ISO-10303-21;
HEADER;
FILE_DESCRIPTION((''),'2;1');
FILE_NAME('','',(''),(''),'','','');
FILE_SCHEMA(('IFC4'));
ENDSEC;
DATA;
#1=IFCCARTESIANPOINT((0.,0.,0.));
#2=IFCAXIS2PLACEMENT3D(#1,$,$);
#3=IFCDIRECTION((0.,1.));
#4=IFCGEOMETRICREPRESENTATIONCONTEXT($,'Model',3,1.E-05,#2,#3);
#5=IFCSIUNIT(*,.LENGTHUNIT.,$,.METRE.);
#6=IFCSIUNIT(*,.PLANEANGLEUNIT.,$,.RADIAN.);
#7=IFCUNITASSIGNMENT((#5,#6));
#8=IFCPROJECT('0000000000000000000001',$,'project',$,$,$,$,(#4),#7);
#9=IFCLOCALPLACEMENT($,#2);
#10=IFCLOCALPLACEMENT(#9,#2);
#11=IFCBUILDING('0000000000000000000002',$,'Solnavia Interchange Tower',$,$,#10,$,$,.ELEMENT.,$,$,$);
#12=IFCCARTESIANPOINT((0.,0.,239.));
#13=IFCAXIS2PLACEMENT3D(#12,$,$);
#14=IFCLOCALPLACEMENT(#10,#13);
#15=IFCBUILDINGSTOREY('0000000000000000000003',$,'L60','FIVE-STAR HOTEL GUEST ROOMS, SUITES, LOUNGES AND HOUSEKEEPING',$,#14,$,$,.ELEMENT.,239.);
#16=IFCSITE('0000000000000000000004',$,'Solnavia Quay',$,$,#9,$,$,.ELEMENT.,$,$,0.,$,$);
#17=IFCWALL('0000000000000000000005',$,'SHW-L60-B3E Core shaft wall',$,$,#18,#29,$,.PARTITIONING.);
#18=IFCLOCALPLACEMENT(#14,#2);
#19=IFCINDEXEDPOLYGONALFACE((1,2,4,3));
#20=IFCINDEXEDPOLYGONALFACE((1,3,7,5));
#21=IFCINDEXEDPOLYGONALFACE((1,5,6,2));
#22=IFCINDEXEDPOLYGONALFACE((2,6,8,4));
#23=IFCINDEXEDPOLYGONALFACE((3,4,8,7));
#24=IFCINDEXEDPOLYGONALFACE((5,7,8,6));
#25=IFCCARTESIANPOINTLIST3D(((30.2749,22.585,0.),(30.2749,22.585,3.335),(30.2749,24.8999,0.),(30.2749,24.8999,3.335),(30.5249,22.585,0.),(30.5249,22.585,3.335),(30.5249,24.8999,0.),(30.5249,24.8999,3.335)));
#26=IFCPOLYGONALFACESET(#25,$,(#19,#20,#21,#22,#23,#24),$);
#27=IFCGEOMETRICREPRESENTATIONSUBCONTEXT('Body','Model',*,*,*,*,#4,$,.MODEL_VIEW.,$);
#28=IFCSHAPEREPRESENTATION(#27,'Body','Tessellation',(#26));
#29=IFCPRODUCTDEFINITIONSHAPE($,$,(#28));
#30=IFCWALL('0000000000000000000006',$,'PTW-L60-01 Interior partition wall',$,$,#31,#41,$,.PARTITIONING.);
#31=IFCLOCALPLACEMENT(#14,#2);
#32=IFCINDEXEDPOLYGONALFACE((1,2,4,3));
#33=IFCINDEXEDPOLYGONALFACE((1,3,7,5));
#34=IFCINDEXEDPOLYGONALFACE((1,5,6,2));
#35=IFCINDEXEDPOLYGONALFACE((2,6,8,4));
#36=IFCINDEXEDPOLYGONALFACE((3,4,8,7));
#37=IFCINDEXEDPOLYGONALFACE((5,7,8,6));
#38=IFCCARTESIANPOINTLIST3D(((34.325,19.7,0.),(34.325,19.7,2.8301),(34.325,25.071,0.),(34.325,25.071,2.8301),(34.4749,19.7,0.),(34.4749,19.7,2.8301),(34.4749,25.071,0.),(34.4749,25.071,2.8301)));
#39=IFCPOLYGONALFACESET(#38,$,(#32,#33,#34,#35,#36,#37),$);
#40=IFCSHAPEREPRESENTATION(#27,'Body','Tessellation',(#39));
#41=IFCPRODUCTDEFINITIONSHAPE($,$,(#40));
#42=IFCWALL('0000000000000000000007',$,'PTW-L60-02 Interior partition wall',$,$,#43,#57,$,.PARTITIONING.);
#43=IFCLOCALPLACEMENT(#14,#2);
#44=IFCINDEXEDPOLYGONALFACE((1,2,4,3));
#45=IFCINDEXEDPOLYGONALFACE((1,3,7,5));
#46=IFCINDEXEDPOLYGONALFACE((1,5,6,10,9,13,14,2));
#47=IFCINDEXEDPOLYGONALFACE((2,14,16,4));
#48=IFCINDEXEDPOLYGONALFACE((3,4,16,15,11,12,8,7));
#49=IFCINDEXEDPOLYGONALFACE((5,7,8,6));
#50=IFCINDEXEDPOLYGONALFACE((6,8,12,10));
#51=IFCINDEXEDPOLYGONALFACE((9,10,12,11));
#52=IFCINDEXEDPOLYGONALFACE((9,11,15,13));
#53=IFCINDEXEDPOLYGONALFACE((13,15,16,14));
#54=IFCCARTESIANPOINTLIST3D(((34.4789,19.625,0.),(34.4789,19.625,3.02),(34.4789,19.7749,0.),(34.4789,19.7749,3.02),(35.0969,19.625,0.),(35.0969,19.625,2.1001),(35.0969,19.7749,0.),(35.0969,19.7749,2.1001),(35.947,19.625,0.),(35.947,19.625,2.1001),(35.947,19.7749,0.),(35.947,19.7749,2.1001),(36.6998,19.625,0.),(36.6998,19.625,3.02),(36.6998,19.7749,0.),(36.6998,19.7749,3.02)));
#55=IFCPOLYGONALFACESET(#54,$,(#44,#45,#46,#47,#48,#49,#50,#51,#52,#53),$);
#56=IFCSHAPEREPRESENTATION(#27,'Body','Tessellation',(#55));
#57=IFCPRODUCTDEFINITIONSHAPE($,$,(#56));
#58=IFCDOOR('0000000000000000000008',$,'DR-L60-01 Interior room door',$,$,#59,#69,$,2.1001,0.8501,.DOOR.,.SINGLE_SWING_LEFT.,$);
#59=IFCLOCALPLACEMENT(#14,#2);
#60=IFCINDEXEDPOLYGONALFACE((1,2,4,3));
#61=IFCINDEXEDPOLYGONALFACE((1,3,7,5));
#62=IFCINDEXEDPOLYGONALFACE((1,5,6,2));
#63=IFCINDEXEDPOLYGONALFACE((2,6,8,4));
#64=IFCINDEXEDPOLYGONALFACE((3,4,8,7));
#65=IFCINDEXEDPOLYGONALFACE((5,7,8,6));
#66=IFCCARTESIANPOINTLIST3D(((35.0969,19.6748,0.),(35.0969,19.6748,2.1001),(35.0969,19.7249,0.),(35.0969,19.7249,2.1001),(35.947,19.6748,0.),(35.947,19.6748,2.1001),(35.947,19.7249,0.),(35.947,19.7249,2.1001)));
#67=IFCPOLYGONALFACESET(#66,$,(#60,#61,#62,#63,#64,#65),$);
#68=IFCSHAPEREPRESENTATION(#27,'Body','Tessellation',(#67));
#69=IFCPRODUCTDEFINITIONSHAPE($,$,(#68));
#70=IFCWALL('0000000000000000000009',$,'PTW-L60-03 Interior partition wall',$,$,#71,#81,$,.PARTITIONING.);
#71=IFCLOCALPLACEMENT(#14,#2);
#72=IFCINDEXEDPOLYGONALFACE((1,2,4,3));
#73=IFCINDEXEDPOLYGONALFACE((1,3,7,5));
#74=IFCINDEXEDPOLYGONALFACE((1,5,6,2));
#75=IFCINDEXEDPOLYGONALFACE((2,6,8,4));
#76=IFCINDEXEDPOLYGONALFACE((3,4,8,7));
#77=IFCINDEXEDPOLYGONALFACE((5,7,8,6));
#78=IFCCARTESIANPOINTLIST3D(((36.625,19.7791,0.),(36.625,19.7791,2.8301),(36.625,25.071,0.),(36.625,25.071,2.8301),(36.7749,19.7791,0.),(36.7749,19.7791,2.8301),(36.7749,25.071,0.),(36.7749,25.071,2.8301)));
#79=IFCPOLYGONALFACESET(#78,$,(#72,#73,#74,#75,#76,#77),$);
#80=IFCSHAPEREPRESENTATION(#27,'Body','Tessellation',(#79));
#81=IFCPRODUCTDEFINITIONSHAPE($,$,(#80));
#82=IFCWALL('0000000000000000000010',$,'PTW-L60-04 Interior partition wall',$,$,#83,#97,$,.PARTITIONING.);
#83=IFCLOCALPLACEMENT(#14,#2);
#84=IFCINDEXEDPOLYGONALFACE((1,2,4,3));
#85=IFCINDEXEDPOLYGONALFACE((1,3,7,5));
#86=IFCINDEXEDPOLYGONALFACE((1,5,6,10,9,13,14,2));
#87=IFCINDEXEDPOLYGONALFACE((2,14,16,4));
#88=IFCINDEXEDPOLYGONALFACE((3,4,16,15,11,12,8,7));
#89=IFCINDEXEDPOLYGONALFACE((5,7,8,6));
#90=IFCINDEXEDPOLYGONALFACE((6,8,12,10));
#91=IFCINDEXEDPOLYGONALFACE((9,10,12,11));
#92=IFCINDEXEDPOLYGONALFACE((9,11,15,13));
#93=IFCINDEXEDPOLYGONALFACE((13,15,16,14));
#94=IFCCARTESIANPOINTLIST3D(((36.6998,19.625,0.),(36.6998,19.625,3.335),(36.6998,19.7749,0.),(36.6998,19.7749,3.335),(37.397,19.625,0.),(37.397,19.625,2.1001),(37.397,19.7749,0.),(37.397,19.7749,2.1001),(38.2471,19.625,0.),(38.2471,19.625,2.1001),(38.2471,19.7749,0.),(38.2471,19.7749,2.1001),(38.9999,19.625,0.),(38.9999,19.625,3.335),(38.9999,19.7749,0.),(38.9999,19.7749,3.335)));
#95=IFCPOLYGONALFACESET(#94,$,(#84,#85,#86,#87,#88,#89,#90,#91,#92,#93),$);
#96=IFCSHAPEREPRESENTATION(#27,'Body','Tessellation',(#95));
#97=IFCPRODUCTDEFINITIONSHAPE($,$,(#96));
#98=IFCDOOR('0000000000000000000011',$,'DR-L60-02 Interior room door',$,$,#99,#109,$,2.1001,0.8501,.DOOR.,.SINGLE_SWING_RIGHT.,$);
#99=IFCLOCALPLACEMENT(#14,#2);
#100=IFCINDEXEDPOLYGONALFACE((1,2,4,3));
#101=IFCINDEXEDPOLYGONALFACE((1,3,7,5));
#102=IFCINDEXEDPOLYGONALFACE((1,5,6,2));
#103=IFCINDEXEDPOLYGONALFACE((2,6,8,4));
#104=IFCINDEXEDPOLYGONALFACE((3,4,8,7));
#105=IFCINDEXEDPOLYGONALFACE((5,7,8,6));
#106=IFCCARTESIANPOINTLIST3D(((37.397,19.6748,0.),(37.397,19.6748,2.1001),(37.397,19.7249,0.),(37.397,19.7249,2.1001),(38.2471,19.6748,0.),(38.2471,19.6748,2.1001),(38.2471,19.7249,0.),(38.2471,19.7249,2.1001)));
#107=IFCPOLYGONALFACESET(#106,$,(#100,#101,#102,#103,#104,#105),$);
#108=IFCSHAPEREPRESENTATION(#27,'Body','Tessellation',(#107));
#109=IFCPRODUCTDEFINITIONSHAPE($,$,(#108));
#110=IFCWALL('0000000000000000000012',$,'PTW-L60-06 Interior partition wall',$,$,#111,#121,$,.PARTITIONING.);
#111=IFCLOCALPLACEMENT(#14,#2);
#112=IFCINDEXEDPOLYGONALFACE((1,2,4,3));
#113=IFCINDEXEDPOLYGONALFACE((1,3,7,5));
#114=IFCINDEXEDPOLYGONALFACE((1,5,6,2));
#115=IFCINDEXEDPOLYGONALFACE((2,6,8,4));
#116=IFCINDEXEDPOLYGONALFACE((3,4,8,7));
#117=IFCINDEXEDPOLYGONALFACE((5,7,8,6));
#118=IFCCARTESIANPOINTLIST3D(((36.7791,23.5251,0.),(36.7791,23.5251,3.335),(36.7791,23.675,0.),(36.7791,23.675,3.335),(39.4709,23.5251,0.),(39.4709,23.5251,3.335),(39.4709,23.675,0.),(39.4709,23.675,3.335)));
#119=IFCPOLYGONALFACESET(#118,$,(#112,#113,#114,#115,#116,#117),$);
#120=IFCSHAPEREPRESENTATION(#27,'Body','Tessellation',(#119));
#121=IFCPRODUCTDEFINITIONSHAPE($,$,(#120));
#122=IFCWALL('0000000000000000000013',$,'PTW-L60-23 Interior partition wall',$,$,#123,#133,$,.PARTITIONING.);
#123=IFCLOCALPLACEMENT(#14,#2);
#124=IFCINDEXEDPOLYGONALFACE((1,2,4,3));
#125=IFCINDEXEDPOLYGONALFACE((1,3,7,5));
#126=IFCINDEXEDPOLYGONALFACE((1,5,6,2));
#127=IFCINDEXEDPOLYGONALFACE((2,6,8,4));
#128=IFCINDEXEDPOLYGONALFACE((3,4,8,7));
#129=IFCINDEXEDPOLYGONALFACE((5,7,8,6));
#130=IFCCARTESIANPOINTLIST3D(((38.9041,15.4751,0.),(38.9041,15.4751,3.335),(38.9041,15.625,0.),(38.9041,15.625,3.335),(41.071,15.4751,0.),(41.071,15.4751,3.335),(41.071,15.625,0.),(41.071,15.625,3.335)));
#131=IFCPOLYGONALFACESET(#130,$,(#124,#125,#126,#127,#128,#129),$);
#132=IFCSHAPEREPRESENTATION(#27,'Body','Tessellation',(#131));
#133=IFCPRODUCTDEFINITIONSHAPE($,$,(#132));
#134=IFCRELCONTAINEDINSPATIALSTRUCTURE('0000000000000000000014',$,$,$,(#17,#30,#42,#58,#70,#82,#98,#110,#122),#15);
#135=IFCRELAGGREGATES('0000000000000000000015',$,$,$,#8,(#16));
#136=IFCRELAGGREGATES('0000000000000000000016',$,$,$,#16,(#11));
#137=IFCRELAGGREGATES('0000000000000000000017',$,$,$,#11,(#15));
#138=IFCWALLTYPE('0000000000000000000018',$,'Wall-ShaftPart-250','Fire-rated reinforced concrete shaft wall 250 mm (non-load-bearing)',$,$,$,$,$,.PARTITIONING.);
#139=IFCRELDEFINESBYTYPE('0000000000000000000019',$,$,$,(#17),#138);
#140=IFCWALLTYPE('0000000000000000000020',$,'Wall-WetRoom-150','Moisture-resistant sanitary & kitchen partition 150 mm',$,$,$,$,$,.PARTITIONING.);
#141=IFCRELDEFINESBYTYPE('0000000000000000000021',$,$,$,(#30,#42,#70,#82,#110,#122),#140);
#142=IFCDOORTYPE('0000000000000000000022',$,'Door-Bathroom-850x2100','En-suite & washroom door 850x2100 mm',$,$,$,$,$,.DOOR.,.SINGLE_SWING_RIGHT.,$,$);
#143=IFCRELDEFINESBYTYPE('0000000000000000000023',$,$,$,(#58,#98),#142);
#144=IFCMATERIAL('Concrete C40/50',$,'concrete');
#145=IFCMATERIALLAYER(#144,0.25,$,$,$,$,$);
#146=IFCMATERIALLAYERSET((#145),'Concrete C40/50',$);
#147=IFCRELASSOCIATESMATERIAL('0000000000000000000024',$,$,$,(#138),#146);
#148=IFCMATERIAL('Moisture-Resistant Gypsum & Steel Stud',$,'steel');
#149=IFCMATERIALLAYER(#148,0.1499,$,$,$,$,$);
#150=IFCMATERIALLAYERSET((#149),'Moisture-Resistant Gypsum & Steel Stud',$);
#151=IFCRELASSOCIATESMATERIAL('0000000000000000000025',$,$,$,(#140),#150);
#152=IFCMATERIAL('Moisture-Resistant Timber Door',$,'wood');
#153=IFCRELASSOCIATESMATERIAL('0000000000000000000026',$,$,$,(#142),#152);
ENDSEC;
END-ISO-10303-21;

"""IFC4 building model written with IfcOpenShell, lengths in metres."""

from ifc_helpers import new_model, si_unit, direction, frame, frame_2d, origin, place, context, subcontext, project, spatial, rectangle, extrude, material, layer, layer_set, type_object, element, fill, save


model = new_model("IFC4")

# Units and contexts
model_context = context("Model", 3, precision=1e-05, world=origin(), true_north=direction((0.0, 1.0)))
body_context = subcontext(model_context, "Body", "Model", "MODEL_VIEW")
ifc_project = project(units=[si_unit("LENGTHUNIT", "METRE"), si_unit("PLANEANGLEUNIT", "RADIAN")], contexts=[model_context])

# Site, building, storey
site_placement = place(None, origin())
site = spatial("IfcSite", under=ifc_project, at=site_placement, Name="Solnavia Quay", CompositionType="ELEMENT", RefElevation=0.0)
building_placement = place(site_placement, origin())
building = spatial("IfcBuilding", under=site, at=building_placement, Name="Solnavia Interchange Tower", CompositionType="ELEMENT")
storey_placement = place(building_placement, frame((0.0, 0.0, 239.0)))
storey = spatial("IfcBuildingStorey", under=building, at=storey_placement, Name="L60", Description="FIVE-STAR HOTEL GUEST ROOMS, SUITES, LOUNGES AND HOUSEKEEPING", CompositionType="ELEMENT", Elevation=239.0)

# Shared definitions
ifc_material_1 = material(Name="Concrete C40/50", Category="concrete")

# Walls
ifc_layer_1 = layer(ifc_material_1, 0.25)
ifc_layer_set_1 = layer_set([ifc_layer_1], Name="Concrete C40/50")
wall_type_1 = type_object("IfcWallType", Name="Wall-ShaftPart-250", Description="Fire-rated reinforced concrete shaft wall 250 mm (non-load-bearing)", PredefinedType="PARTITIONING", material=ifc_layer_set_1)
wall_1_placement = place(storey_placement, frame((30.3999, 22.585, 0.0), z_axis=(0.0, 0.0, 1.0), x_axis=(0.0, 1.0, 0.0)))
element("IfcWall", 1, at=wall_1_placement, inside=storey, type_object=wall_type_1, Name="SHW-L60-B3E Core shaft wall", PredefinedType="PARTITIONING", context=body_context, shape_type="SweptSolid", body=[
    extrude(rectangle(XDim=2.3149, YDim=0.25, at=frame_2d((1.1575, 0.0))), origin(), (0.0, 0.0, 1.0), 3.335),
])
ifc_material_2 = material(Name="Moisture-Resistant Gypsum & Steel Stud", Category="steel")
ifc_layer_2 = layer(ifc_material_2, 0.1499)
ifc_layer_set_2 = layer_set([ifc_layer_2], Name="Moisture-Resistant Gypsum & Steel Stud")
wall_type_2 = type_object("IfcWallType", Name="Wall-WetRoom-150", Description="Moisture-resistant sanitary & kitchen partition 150 mm", PredefinedType="PARTITIONING", material=ifc_layer_set_2)
wall_2_placement = place(storey_placement, frame((34.3999, 19.7, 0.0), z_axis=(0.0, 0.0, 1.0), x_axis=(0.0, 1.0, 0.0)))
element("IfcWall", 2, at=wall_2_placement, inside=storey, type_object=wall_type_2, Name="PTW-L60-01 Interior partition wall", PredefinedType="PARTITIONING", context=body_context, shape_type="SweptSolid", body=[
    extrude(rectangle(XDim=5.3711, YDim=0.1499, at=frame_2d((2.6855, 0.0))), origin(), (0.0, 0.0, 1.0), 2.8301),
])

# Wall, opening, door
wall_3_placement = place(storey_placement, frame((34.479, 19.7, 0.0), z_axis=(0.0, 0.0, 1.0), x_axis=(1.0, 0.0, 0.0)))
wall_3 = element("IfcWall", 3, at=wall_3_placement, inside=storey, type_object=wall_type_2, Name="PTW-L60-02 Interior partition wall", PredefinedType="PARTITIONING", context=body_context, shape_type="SweptSolid", body=[
    extrude(rectangle(XDim=2.2209, YDim=0.1499, at=frame_2d((1.1104, 0.0))), origin(), (0.0, 0.0, 1.0), 3.02),
])
opening_1_placement = place(wall_3_placement, frame((0.6179, 0.0, 0.0)))
opening_1 = element("IfcOpeningElement", 4, at=opening_1_placement, cuts=wall_3, PredefinedType="OPENING", context=body_context, shape_type="SweptSolid", body=[
    extrude(rectangle(XDim=0.8501, YDim=2.1001, at=frame_2d((0.425, 1.05))), frame((0.0, 0.085, 0.0), z_axis=(0.0, -1.0, 0.0), x_axis=(1.0, 0.0, 0.0)), (0.0, 0.0, 1.0), 0.1699),
])
ifc_material_3 = material(Name="Moisture-Resistant Timber Door", Category="wood")
door_type_1 = type_object("IfcDoorType", Name="Door-Bathroom-850x2100", Description="En-suite & washroom door 850x2100 mm", OperationType="SINGLE_SWING_RIGHT", PredefinedType="DOOR", material=ifc_material_3)
door_1_placement = place(opening_1_placement, origin())
door_1 = element("IfcDoor", 5, at=door_1_placement, inside=storey, type_object=door_type_1, Name="DR-L60-01 Interior room door", OperationType="SINGLE_SWING_LEFT", OverallHeight=2.1001, OverallWidth=0.8501, PredefinedType="DOOR", context=body_context, shape_type="SweptSolid", body=[
    extrude(rectangle(XDim=0.8501, YDim=2.1001, at=frame_2d((0.425, 1.05))), frame((0.0, 0.0249, 0.0), z_axis=(0.0, -1.0, 0.0), x_axis=(1.0, 0.0, 0.0)), (0.0, 0.0, 1.0), 0.05),
])
fill(opening_1, door_1)

# Wall
wall_4_placement = place(storey_placement, frame((36.7, 19.7791, 0.0), z_axis=(0.0, 0.0, 1.0), x_axis=(0.0, 1.0, 0.0)))
element("IfcWall", 6, at=wall_4_placement, inside=storey, type_object=wall_type_2, Name="PTW-L60-03 Interior partition wall", PredefinedType="PARTITIONING", context=body_context, shape_type="SweptSolid", body=[
    extrude(rectangle(XDim=5.292, YDim=0.1499, at=frame_2d((2.646, 0.0))), origin(), (0.0, 0.0, 1.0), 2.8301),
])

# Wall, opening, door
wall_5_placement = place(storey_placement, frame((36.7, 19.7, 0.0), z_axis=(0.0, 0.0, 1.0), x_axis=(1.0, 0.0, 0.0)))
wall_5 = element("IfcWall", 7, at=wall_5_placement, inside=storey, type_object=wall_type_2, Name="PTW-L60-04 Interior partition wall", PredefinedType="PARTITIONING", context=body_context, shape_type="SweptSolid", body=[
    extrude(rectangle(XDim=2.3, YDim=0.1499, at=frame_2d((1.1499, 0.0))), origin(), (0.0, 0.0, 1.0), 3.335),
])
opening_2_placement = place(wall_5_placement, frame((0.697, 0.0, 0.0)))
opening_2 = element("IfcOpeningElement", 8, at=opening_2_placement, cuts=wall_5, PredefinedType="OPENING", context=body_context, shape_type="SweptSolid", body=[
    extrude(rectangle(XDim=0.8501, YDim=2.1001, at=frame_2d((0.425, 1.05))), frame((0.0, 0.085, 0.0), z_axis=(0.0, -1.0, 0.0), x_axis=(1.0, 0.0, 0.0)), (0.0, 0.0, 1.0), 0.1699),
])
door_2_placement = place(opening_2_placement, origin())
door_2 = element("IfcDoor", 9, at=door_2_placement, inside=storey, type_object=door_type_1, Name="DR-L60-02 Interior room door", OperationType="SINGLE_SWING_RIGHT", OverallHeight=2.1001, OverallWidth=0.8501, PredefinedType="DOOR", context=body_context, shape_type="SweptSolid", body=[
    extrude(rectangle(XDim=0.8501, YDim=2.1001, at=frame_2d((0.425, 1.05))), frame((0.0, 0.0249, 0.0), z_axis=(0.0, -1.0, 0.0), x_axis=(1.0, 0.0, 0.0)), (0.0, 0.0, 1.0), 0.05),
])
fill(opening_2, door_2)

# Walls
wall_6_placement = place(storey_placement, frame((36.7791, 23.6001, 0.0), z_axis=(0.0, 0.0, 1.0), x_axis=(1.0, 0.0, 0.0)))
element("IfcWall", 10, at=wall_6_placement, inside=storey, type_object=wall_type_2, Name="PTW-L60-06 Interior partition wall", PredefinedType="PARTITIONING", context=body_context, shape_type="SweptSolid", body=[
    extrude(rectangle(XDim=2.6919, YDim=0.1499, at=frame_2d((1.3459, 0.0))), origin(), (0.0, 0.0, 1.0), 3.335),
])
wall_7_placement = place(storey_placement, frame((38.9041, 15.55, 0.0), z_axis=(0.0, 0.0, 1.0), x_axis=(1.0, 0.0, 0.0)))
element("IfcWall", 11, at=wall_7_placement, inside=storey, type_object=wall_type_2, Name="PTW-L60-23 Interior partition wall", PredefinedType="PARTITIONING", context=body_context, shape_type="SweptSolid", body=[
    extrude(rectangle(XDim=2.167, YDim=0.1499, at=frame_2d((1.0835, 0.0))), origin(), (0.0, 0.0, 1.0), 3.335),
])

save(model, "model.ifc")
